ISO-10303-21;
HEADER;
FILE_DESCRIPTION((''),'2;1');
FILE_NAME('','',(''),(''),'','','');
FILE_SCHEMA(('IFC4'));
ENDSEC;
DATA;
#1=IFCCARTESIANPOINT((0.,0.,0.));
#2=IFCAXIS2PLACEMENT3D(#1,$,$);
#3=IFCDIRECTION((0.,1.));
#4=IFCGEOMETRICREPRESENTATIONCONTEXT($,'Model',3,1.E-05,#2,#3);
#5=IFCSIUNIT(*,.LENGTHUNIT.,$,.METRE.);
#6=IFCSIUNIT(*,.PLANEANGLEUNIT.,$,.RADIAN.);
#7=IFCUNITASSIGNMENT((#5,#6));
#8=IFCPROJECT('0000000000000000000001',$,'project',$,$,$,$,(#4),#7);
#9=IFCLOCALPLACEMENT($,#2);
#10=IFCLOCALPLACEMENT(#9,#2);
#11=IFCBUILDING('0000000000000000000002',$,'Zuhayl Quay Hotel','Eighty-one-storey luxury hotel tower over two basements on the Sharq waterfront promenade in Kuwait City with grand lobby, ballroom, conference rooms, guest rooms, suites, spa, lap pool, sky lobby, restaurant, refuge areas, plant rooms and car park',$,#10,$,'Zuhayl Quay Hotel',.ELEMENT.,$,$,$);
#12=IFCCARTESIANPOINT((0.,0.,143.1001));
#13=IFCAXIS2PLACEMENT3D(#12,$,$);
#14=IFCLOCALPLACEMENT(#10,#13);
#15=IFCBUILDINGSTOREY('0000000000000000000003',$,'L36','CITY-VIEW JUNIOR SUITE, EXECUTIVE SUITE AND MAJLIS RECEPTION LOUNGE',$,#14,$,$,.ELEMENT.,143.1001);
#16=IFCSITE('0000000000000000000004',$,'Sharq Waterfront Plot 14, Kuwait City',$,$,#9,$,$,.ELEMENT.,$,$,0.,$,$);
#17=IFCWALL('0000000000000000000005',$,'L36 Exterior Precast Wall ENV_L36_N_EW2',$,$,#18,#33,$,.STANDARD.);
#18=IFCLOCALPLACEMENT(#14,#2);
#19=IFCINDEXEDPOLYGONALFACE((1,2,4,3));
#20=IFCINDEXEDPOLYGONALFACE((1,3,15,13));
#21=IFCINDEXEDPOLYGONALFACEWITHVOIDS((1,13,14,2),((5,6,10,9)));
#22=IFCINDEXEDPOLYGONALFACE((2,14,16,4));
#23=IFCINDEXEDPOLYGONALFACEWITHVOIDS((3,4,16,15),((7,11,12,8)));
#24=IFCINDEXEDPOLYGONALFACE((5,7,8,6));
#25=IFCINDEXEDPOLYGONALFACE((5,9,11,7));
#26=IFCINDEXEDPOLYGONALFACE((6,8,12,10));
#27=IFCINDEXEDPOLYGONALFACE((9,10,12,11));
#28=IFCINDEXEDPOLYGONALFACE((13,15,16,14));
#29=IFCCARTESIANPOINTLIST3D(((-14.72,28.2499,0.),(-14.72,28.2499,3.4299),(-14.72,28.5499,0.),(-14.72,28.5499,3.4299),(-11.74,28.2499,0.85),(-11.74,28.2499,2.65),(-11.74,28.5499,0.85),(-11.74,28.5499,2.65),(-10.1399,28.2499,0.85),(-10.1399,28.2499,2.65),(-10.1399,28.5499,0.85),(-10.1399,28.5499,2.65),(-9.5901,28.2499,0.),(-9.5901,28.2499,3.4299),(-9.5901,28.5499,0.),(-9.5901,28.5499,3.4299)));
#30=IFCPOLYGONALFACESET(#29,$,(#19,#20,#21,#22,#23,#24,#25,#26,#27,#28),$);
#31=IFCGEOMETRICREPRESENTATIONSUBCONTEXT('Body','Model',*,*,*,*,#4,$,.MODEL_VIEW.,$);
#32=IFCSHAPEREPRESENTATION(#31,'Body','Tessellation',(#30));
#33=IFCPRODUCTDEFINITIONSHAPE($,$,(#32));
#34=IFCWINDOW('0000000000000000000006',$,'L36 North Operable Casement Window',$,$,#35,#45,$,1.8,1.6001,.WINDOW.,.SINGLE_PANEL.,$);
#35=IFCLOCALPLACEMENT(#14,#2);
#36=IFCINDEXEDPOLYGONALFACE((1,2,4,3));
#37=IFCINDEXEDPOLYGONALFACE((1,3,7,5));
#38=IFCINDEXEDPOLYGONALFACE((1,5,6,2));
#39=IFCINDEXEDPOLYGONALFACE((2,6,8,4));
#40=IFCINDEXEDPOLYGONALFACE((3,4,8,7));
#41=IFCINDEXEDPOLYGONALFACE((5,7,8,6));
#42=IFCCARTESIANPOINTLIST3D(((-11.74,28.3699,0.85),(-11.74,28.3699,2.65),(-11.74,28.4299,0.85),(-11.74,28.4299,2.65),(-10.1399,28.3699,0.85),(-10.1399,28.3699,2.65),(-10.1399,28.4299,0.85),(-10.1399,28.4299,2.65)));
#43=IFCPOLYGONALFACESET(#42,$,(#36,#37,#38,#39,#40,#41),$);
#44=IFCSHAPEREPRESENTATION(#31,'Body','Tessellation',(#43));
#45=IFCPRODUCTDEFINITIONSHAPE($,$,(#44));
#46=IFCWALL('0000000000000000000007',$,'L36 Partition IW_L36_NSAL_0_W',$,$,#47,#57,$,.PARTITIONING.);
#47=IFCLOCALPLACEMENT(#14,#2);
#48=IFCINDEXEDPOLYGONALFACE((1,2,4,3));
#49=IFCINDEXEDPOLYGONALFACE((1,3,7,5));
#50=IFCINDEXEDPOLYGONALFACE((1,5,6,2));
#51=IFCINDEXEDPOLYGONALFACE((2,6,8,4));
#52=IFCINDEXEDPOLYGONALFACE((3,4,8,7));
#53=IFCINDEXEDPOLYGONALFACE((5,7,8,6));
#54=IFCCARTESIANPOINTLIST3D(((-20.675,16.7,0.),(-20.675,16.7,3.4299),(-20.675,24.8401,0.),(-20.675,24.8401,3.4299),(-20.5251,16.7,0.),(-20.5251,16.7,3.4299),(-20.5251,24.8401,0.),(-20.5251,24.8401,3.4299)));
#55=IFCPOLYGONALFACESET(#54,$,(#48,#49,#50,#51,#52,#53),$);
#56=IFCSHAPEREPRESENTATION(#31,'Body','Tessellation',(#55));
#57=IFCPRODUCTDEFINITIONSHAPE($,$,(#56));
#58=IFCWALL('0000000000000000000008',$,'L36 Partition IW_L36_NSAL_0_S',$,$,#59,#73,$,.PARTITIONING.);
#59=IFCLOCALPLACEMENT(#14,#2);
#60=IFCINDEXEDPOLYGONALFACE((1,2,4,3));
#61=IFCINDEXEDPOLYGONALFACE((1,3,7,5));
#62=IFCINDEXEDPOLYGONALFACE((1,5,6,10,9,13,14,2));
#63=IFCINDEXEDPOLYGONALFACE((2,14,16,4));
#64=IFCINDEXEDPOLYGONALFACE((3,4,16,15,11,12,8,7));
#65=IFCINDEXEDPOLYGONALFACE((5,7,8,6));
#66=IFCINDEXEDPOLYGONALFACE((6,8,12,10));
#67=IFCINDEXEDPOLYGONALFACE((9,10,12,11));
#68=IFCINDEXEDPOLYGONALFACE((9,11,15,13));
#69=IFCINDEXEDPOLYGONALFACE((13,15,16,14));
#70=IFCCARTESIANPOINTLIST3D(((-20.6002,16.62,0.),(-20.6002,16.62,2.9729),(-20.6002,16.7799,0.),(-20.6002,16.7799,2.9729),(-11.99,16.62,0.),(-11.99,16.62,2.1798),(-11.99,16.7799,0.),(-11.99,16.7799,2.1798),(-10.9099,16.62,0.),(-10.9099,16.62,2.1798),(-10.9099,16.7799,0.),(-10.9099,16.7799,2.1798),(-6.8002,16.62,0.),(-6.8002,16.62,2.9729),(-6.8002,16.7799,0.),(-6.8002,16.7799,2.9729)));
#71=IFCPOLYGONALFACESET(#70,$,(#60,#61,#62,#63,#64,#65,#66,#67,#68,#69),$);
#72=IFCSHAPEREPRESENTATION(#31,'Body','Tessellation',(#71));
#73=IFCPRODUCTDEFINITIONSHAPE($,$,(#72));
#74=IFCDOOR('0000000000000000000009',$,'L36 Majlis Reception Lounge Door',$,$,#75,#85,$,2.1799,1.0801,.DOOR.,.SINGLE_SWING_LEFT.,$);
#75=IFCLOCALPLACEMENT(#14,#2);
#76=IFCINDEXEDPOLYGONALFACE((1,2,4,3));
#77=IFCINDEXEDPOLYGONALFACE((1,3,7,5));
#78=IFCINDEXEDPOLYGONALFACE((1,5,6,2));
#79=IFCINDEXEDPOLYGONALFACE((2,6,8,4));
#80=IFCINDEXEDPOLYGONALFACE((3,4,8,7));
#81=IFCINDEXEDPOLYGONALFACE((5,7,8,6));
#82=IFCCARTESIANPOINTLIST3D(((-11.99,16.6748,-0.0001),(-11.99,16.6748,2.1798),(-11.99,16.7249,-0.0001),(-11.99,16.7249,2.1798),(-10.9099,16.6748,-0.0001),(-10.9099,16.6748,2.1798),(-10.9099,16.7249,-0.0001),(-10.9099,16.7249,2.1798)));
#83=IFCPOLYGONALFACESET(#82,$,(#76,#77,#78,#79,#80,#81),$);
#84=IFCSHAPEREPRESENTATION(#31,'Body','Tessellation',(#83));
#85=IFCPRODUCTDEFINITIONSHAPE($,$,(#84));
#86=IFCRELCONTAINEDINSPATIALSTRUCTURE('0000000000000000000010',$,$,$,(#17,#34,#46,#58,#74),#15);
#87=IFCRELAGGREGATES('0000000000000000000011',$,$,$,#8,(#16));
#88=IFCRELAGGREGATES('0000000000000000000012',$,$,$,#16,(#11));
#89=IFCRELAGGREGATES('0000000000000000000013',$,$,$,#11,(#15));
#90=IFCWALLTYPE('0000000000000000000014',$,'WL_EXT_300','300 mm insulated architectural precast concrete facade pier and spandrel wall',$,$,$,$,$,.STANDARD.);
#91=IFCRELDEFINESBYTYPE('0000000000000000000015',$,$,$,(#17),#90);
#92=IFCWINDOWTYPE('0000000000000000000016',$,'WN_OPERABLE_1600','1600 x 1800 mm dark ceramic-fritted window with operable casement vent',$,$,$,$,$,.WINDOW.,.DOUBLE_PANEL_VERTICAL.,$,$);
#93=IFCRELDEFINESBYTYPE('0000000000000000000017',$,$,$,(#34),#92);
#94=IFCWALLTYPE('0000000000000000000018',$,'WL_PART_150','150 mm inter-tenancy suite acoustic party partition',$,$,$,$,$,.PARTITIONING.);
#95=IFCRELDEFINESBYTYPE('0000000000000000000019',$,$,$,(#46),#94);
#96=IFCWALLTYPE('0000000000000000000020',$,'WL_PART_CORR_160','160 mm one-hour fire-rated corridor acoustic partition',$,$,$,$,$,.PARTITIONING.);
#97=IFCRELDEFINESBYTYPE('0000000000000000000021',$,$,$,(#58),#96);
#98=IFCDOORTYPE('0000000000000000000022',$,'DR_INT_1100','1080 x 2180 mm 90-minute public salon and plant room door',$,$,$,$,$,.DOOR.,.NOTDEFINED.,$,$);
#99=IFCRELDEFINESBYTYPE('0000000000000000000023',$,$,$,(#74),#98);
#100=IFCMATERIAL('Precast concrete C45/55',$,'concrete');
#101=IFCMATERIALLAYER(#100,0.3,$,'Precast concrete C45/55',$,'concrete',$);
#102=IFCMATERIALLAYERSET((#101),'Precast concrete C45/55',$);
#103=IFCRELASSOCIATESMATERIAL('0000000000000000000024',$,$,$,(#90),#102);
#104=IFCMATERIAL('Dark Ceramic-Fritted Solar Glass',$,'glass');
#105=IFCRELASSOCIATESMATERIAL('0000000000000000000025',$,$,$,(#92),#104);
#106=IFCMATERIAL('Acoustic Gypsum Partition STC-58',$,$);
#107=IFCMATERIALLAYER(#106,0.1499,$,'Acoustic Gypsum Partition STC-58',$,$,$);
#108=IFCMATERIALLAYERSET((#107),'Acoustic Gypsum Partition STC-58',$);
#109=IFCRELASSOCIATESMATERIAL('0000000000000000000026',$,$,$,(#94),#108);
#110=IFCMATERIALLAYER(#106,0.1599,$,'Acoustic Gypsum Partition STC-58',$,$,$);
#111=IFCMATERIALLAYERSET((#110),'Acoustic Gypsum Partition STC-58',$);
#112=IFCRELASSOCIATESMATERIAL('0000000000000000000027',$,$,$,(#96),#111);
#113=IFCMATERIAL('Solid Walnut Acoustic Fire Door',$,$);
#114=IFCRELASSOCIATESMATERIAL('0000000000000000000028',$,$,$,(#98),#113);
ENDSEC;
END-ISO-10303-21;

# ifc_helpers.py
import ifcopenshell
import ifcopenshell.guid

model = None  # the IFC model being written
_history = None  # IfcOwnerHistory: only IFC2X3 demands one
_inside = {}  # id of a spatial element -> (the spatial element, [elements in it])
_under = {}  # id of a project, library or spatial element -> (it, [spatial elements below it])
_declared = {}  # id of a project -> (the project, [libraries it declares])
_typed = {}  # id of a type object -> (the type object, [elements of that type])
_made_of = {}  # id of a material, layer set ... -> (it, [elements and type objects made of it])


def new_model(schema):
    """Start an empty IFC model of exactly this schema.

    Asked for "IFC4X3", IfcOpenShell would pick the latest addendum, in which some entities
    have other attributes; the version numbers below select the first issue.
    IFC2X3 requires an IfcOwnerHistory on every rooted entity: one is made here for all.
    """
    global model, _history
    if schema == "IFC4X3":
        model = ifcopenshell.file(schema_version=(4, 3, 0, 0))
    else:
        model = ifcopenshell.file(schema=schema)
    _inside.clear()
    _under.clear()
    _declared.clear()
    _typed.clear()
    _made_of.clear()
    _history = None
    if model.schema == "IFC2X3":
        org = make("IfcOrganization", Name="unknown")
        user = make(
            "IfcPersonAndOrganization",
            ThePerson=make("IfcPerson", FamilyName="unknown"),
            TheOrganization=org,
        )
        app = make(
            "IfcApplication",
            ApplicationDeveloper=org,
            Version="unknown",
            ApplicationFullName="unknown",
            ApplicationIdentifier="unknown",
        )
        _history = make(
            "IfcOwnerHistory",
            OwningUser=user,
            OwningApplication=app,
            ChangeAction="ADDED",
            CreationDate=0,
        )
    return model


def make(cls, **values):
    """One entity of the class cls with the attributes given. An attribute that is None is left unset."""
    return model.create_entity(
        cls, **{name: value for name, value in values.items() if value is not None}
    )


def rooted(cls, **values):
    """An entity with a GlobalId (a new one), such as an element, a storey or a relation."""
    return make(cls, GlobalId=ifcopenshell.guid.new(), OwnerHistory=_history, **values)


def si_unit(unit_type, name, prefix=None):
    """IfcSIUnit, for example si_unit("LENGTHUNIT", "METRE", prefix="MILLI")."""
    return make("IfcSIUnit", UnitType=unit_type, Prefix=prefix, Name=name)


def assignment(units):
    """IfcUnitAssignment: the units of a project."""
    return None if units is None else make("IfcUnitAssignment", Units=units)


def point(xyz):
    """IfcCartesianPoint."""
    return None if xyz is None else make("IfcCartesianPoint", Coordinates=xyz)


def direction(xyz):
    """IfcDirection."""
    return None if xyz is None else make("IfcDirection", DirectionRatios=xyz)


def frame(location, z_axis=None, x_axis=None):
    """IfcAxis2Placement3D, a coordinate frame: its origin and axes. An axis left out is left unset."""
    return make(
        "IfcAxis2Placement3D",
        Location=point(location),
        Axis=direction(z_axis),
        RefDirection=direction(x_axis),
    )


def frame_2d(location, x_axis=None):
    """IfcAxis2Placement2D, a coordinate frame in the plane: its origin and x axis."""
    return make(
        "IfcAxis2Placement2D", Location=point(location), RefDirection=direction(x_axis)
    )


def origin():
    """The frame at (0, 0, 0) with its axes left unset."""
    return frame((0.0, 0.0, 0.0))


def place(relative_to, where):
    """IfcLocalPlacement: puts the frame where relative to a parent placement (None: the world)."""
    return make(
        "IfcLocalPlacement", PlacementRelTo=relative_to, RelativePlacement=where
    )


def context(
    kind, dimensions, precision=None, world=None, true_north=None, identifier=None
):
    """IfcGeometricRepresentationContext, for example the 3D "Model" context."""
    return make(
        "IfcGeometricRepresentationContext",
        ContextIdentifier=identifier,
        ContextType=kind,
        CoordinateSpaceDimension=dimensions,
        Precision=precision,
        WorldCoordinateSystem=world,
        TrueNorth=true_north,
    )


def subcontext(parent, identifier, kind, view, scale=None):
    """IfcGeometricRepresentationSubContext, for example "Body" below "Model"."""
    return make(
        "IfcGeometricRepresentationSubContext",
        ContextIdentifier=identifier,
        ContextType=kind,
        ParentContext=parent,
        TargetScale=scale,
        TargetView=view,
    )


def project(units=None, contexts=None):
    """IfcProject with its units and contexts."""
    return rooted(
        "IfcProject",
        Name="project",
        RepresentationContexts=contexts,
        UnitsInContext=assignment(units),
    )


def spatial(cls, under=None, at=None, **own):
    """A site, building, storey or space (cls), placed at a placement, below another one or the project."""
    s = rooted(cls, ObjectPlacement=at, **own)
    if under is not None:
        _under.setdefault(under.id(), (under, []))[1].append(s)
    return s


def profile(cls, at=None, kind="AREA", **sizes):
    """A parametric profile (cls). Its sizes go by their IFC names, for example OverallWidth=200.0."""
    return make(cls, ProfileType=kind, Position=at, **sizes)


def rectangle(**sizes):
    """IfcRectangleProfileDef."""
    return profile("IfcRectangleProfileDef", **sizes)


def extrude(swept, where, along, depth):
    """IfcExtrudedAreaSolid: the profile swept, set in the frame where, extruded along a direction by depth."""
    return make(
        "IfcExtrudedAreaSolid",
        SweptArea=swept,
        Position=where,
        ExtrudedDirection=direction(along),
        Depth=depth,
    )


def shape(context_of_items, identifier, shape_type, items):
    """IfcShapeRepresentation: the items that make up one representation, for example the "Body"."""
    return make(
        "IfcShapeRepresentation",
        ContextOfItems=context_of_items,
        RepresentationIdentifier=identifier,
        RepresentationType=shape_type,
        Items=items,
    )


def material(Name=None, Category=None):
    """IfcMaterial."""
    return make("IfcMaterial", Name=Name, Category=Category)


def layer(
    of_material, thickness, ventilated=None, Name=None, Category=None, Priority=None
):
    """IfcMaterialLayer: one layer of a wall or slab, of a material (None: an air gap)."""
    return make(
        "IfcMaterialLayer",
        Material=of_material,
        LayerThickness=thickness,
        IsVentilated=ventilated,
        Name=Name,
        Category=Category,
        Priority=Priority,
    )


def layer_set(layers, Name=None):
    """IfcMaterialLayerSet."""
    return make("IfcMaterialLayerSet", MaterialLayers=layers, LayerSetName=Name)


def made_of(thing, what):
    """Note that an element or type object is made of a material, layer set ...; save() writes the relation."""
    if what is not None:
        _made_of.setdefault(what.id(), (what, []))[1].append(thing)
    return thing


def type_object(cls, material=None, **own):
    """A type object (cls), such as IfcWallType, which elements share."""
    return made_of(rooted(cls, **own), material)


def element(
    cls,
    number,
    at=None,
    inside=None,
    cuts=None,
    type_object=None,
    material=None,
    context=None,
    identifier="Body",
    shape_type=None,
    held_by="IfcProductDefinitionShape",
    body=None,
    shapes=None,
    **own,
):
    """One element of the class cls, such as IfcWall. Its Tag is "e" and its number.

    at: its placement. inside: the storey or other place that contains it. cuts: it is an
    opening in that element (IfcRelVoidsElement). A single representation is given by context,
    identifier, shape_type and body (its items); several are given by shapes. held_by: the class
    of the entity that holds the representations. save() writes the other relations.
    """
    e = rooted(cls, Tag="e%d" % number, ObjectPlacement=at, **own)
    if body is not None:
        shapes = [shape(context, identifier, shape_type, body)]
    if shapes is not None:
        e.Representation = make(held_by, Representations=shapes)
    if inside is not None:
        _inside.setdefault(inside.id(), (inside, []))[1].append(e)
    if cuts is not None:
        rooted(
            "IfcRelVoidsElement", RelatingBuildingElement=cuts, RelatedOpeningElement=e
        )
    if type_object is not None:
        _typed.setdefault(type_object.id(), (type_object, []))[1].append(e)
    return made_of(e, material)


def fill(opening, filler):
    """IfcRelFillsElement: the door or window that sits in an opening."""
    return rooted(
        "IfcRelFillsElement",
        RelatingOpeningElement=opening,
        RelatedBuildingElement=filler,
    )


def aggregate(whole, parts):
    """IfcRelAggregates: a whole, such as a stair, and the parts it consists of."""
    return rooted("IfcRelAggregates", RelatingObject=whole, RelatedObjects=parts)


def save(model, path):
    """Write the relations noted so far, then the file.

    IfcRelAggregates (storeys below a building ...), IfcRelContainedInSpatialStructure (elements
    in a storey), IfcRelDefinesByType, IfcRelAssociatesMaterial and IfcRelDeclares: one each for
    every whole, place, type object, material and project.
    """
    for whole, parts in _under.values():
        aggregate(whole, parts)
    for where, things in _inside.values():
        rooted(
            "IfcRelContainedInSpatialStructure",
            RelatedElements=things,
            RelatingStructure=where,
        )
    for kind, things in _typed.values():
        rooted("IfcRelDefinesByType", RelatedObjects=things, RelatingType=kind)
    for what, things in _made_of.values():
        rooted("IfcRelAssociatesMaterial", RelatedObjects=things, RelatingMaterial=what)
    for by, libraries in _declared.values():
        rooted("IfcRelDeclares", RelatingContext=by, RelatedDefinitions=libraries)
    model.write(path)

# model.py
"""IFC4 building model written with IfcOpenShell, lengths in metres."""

from ifc_helpers import new_model, si_unit, direction, frame, frame_2d, origin, place, context, subcontext, project, spatial, rectangle, extrude, material, layer, layer_set, type_object, element, fill, save


model = new_model("IFC4")

# Units and contexts
model_context = context("Model", 3, precision=1e-05, world=origin(), true_north=direction((0.0, 1.0)))
body_context = subcontext(model_context, "Body", "Model", "MODEL_VIEW")
ifc_project = project(units=[si_unit("LENGTHUNIT", "METRE"), si_unit("PLANEANGLEUNIT", "RADIAN")], contexts=[model_context])

# Site, building, storey
site_placement = place(None, origin())
site = spatial("IfcSite", under=ifc_project, at=site_placement, Name="Sharq Waterfront Plot 14, Kuwait City", CompositionType="ELEMENT", RefElevation=0.0)
building_placement = place(site_placement, origin())
building = spatial("IfcBuilding", under=site, at=building_placement, Name="Zuhayl Quay Hotel", Description="Eighty-one-storey luxury hotel tower over two basements on the Sharq waterfront promenade in Kuwait City with grand lobby, ballroom, conference rooms, guest rooms, suites, spa, lap pool, sky lobby, restaurant, refuge areas, plant rooms and car park", LongName="Zuhayl Quay Hotel", CompositionType="ELEMENT")
storey_placement = place(building_placement, frame((0.0, 0.0, 143.1001)))
storey = spatial("IfcBuildingStorey", under=building, at=storey_placement, Name="L36", Description="CITY-VIEW JUNIOR SUITE, EXECUTIVE SUITE AND MAJLIS RECEPTION LOUNGE", CompositionType="ELEMENT", Elevation=143.1001)

# Shared definitions
ifc_material_1 = material(Name="Dark Ceramic-Fritted Solar Glass", Category="glass")

# Shared definitions
ifc_material_2 = material(Name="Precast concrete C45/55", Category="concrete")
ifc_layer_1 = layer(ifc_material_2, 0.3, Name="Precast concrete C45/55", Category="concrete")
ifc_layer_set_1 = layer_set([ifc_layer_1], Name="Precast concrete C45/55")
wall_type_1 = type_object("IfcWallType", Name="WL_EXT_300", Description="300 mm insulated architectural precast concrete facade pier and spandrel wall", PredefinedType="STANDARD", material=ifc_layer_set_1)

# Wall, opening, window
wall_1_placement = place(storey_placement, frame((-14.72, 28.3999, 0.0), z_axis=(0.0, 0.0, 1.0), x_axis=(1.0, 0.0, 0.0)))
wall_1 = element("IfcWall", 1, at=wall_1_placement, inside=storey, type_object=wall_type_1, Name="L36 Exterior Precast Wall ENV_L36_N_EW2", PredefinedType="STANDARD", context=body_context, shape_type="SweptSolid", body=[
    extrude(rectangle(XDim=5.1299, YDim=0.3, at=frame_2d((2.5649, 0.0))), origin(), (0.0, 0.0, 1.0), 3.4299),
])
opening_1_placement = place(wall_1_placement, frame((2.98, 0.0, 0.8501)))
opening_1 = element("IfcOpeningElement", 2, at=opening_1_placement, cuts=wall_1, PredefinedType="OPENING", context=body_context, shape_type="SweptSolid", body=[
    extrude(rectangle(XDim=1.6001, YDim=1.8, at=frame_2d((0.8, 0.8999))), frame((0.0, 0.1599, 0.0), z_axis=(0.0, -1.0, 0.0), x_axis=(1.0, 0.0, 0.0)), (0.0, 0.0, 1.0), 0.3201),
])
window_type_1 = type_object("IfcWindowType", Name="WN_OPERABLE_1600", Description="1600 x 1800 mm dark ceramic-fritted window with operable casement vent", PartitioningType="DOUBLE_PANEL_VERTICAL", PredefinedType="WINDOW", material=ifc_material_1)
window_1_placement = place(opening_1_placement, origin())
window_1 = element("IfcWindow", 3, at=window_1_placement, inside=storey, type_object=window_type_1, Name="L36 North Operable Casement Window", OverallHeight=1.8, OverallWidth=1.6001, PartitioningType="SINGLE_PANEL", PredefinedType="WINDOW", context=body_context, shape_type="SweptSolid", body=[
    extrude(rectangle(XDim=1.6001, YDim=1.8, at=frame_2d((0.8, 0.8999))), frame((0.0, 0.03, 0.0), z_axis=(0.0, -1.0, 0.0), x_axis=(1.0, 0.0, 0.0)), (0.0, 0.0, 1.0), 0.0601),
])
fill(opening_1, window_1)

# Wall
ifc_material_3 = material(Name="Acoustic Gypsum Partition STC-58")
ifc_layer_2 = layer(ifc_material_3, 0.1499, Name="Acoustic Gypsum Partition STC-58")
ifc_layer_set_2 = layer_set([ifc_layer_2], Name="Acoustic Gypsum Partition STC-58")
wall_type_2 = type_object("IfcWallType", Name="WL_PART_150", Description="150 mm inter-tenancy suite acoustic party partition", PredefinedType="PARTITIONING", material=ifc_layer_set_2)
wall_2_placement = place(storey_placement, frame((-20.6001, 16.7, 0.0), z_axis=(0.0, 0.0, 1.0), x_axis=(0.0, 1.0, 0.0)))
element("IfcWall", 4, at=wall_2_placement, inside=storey, type_object=wall_type_2, Name="L36 Partition IW_L36_NSAL_0_W", PredefinedType="PARTITIONING", context=body_context, shape_type="SweptSolid", body=[
    extrude(rectangle(XDim=8.1401, YDim=0.1499, at=frame_2d((4.0701, 0.0))), origin(), (0.0, 0.0, 1.0), 3.4299),
])

# Wall, opening, door
ifc_layer_3 = layer(ifc_material_3, 0.1599, Name="Acoustic Gypsum Partition STC-58")
ifc_layer_set_3 = layer_set([ifc_layer_3], Name="Acoustic Gypsum Partition STC-58")
wall_type_3 = type_object("IfcWallType", Name="WL_PART_CORR_160", Description="160 mm one-hour fire-rated corridor acoustic partition", PredefinedType="PARTITIONING", material=ifc_layer_set_3)
wall_3_placement = place(storey_placement, frame((-20.6001, 16.7, 0.0), z_axis=(0.0, 0.0, 1.0), x_axis=(1.0, 0.0, 0.0)))
wall_3 = element("IfcWall", 5, at=wall_3_placement, inside=storey, type_object=wall_type_3, Name="L36 Partition IW_L36_NSAL_0_S", PredefinedType="PARTITIONING", context=body_context, shape_type="SweptSolid", body=[
    extrude(rectangle(XDim=13.8, YDim=0.1599, at=frame_2d((6.8999, 0.0))), origin(), (0.0, 0.0, 1.0), 2.9729),
])
opening_2_placement = place(wall_3_placement, frame((8.6101, 0.0, 0.0)))
opening_2 = element("IfcOpeningElement", 6, at=opening_2_placement, cuts=wall_3, PredefinedType="OPENING", context=body_context, shape_type="SweptSolid", body=[
    extrude(rectangle(XDim=1.0801, YDim=2.1799, at=frame_2d((0.54, 1.0898))), frame((0.0, 0.0898, 0.0), z_axis=(0.0, -1.0, 0.0), x_axis=(1.0, 0.0, 0.0)), (0.0, 0.0, 1.0), 0.1799),
])
ifc_material_4 = material(Name="Solid Walnut Acoustic Fire Door")
door_type = type_object("IfcDoorType", Name="DR_INT_1100", Description="1080 x 2180 mm 90-minute public salon and plant room door", OperationType="NOTDEFINED", PredefinedType="DOOR", material=ifc_material_4)
door_placement = place(opening_2_placement, origin())
door = element("IfcDoor", 7, at=door_placement, inside=storey, type_object=door_type, Name="L36 Majlis Reception Lounge Door", OperationType="SINGLE_SWING_LEFT", OverallHeight=2.1799, OverallWidth=1.0801, PredefinedType="DOOR", context=body_context, shape_type="SweptSolid", body=[
    extrude(rectangle(XDim=1.0801, YDim=2.1799, at=frame_2d((0.54, 1.0898))), frame((0.0, 0.0249, 0.0), z_axis=(0.0, -1.0, 0.0), x_axis=(1.0, 0.0, 0.0)), (0.0, 0.0, 1.0), 0.05),
])
fill(opening_2, door)

save(model, "model.ifc")
